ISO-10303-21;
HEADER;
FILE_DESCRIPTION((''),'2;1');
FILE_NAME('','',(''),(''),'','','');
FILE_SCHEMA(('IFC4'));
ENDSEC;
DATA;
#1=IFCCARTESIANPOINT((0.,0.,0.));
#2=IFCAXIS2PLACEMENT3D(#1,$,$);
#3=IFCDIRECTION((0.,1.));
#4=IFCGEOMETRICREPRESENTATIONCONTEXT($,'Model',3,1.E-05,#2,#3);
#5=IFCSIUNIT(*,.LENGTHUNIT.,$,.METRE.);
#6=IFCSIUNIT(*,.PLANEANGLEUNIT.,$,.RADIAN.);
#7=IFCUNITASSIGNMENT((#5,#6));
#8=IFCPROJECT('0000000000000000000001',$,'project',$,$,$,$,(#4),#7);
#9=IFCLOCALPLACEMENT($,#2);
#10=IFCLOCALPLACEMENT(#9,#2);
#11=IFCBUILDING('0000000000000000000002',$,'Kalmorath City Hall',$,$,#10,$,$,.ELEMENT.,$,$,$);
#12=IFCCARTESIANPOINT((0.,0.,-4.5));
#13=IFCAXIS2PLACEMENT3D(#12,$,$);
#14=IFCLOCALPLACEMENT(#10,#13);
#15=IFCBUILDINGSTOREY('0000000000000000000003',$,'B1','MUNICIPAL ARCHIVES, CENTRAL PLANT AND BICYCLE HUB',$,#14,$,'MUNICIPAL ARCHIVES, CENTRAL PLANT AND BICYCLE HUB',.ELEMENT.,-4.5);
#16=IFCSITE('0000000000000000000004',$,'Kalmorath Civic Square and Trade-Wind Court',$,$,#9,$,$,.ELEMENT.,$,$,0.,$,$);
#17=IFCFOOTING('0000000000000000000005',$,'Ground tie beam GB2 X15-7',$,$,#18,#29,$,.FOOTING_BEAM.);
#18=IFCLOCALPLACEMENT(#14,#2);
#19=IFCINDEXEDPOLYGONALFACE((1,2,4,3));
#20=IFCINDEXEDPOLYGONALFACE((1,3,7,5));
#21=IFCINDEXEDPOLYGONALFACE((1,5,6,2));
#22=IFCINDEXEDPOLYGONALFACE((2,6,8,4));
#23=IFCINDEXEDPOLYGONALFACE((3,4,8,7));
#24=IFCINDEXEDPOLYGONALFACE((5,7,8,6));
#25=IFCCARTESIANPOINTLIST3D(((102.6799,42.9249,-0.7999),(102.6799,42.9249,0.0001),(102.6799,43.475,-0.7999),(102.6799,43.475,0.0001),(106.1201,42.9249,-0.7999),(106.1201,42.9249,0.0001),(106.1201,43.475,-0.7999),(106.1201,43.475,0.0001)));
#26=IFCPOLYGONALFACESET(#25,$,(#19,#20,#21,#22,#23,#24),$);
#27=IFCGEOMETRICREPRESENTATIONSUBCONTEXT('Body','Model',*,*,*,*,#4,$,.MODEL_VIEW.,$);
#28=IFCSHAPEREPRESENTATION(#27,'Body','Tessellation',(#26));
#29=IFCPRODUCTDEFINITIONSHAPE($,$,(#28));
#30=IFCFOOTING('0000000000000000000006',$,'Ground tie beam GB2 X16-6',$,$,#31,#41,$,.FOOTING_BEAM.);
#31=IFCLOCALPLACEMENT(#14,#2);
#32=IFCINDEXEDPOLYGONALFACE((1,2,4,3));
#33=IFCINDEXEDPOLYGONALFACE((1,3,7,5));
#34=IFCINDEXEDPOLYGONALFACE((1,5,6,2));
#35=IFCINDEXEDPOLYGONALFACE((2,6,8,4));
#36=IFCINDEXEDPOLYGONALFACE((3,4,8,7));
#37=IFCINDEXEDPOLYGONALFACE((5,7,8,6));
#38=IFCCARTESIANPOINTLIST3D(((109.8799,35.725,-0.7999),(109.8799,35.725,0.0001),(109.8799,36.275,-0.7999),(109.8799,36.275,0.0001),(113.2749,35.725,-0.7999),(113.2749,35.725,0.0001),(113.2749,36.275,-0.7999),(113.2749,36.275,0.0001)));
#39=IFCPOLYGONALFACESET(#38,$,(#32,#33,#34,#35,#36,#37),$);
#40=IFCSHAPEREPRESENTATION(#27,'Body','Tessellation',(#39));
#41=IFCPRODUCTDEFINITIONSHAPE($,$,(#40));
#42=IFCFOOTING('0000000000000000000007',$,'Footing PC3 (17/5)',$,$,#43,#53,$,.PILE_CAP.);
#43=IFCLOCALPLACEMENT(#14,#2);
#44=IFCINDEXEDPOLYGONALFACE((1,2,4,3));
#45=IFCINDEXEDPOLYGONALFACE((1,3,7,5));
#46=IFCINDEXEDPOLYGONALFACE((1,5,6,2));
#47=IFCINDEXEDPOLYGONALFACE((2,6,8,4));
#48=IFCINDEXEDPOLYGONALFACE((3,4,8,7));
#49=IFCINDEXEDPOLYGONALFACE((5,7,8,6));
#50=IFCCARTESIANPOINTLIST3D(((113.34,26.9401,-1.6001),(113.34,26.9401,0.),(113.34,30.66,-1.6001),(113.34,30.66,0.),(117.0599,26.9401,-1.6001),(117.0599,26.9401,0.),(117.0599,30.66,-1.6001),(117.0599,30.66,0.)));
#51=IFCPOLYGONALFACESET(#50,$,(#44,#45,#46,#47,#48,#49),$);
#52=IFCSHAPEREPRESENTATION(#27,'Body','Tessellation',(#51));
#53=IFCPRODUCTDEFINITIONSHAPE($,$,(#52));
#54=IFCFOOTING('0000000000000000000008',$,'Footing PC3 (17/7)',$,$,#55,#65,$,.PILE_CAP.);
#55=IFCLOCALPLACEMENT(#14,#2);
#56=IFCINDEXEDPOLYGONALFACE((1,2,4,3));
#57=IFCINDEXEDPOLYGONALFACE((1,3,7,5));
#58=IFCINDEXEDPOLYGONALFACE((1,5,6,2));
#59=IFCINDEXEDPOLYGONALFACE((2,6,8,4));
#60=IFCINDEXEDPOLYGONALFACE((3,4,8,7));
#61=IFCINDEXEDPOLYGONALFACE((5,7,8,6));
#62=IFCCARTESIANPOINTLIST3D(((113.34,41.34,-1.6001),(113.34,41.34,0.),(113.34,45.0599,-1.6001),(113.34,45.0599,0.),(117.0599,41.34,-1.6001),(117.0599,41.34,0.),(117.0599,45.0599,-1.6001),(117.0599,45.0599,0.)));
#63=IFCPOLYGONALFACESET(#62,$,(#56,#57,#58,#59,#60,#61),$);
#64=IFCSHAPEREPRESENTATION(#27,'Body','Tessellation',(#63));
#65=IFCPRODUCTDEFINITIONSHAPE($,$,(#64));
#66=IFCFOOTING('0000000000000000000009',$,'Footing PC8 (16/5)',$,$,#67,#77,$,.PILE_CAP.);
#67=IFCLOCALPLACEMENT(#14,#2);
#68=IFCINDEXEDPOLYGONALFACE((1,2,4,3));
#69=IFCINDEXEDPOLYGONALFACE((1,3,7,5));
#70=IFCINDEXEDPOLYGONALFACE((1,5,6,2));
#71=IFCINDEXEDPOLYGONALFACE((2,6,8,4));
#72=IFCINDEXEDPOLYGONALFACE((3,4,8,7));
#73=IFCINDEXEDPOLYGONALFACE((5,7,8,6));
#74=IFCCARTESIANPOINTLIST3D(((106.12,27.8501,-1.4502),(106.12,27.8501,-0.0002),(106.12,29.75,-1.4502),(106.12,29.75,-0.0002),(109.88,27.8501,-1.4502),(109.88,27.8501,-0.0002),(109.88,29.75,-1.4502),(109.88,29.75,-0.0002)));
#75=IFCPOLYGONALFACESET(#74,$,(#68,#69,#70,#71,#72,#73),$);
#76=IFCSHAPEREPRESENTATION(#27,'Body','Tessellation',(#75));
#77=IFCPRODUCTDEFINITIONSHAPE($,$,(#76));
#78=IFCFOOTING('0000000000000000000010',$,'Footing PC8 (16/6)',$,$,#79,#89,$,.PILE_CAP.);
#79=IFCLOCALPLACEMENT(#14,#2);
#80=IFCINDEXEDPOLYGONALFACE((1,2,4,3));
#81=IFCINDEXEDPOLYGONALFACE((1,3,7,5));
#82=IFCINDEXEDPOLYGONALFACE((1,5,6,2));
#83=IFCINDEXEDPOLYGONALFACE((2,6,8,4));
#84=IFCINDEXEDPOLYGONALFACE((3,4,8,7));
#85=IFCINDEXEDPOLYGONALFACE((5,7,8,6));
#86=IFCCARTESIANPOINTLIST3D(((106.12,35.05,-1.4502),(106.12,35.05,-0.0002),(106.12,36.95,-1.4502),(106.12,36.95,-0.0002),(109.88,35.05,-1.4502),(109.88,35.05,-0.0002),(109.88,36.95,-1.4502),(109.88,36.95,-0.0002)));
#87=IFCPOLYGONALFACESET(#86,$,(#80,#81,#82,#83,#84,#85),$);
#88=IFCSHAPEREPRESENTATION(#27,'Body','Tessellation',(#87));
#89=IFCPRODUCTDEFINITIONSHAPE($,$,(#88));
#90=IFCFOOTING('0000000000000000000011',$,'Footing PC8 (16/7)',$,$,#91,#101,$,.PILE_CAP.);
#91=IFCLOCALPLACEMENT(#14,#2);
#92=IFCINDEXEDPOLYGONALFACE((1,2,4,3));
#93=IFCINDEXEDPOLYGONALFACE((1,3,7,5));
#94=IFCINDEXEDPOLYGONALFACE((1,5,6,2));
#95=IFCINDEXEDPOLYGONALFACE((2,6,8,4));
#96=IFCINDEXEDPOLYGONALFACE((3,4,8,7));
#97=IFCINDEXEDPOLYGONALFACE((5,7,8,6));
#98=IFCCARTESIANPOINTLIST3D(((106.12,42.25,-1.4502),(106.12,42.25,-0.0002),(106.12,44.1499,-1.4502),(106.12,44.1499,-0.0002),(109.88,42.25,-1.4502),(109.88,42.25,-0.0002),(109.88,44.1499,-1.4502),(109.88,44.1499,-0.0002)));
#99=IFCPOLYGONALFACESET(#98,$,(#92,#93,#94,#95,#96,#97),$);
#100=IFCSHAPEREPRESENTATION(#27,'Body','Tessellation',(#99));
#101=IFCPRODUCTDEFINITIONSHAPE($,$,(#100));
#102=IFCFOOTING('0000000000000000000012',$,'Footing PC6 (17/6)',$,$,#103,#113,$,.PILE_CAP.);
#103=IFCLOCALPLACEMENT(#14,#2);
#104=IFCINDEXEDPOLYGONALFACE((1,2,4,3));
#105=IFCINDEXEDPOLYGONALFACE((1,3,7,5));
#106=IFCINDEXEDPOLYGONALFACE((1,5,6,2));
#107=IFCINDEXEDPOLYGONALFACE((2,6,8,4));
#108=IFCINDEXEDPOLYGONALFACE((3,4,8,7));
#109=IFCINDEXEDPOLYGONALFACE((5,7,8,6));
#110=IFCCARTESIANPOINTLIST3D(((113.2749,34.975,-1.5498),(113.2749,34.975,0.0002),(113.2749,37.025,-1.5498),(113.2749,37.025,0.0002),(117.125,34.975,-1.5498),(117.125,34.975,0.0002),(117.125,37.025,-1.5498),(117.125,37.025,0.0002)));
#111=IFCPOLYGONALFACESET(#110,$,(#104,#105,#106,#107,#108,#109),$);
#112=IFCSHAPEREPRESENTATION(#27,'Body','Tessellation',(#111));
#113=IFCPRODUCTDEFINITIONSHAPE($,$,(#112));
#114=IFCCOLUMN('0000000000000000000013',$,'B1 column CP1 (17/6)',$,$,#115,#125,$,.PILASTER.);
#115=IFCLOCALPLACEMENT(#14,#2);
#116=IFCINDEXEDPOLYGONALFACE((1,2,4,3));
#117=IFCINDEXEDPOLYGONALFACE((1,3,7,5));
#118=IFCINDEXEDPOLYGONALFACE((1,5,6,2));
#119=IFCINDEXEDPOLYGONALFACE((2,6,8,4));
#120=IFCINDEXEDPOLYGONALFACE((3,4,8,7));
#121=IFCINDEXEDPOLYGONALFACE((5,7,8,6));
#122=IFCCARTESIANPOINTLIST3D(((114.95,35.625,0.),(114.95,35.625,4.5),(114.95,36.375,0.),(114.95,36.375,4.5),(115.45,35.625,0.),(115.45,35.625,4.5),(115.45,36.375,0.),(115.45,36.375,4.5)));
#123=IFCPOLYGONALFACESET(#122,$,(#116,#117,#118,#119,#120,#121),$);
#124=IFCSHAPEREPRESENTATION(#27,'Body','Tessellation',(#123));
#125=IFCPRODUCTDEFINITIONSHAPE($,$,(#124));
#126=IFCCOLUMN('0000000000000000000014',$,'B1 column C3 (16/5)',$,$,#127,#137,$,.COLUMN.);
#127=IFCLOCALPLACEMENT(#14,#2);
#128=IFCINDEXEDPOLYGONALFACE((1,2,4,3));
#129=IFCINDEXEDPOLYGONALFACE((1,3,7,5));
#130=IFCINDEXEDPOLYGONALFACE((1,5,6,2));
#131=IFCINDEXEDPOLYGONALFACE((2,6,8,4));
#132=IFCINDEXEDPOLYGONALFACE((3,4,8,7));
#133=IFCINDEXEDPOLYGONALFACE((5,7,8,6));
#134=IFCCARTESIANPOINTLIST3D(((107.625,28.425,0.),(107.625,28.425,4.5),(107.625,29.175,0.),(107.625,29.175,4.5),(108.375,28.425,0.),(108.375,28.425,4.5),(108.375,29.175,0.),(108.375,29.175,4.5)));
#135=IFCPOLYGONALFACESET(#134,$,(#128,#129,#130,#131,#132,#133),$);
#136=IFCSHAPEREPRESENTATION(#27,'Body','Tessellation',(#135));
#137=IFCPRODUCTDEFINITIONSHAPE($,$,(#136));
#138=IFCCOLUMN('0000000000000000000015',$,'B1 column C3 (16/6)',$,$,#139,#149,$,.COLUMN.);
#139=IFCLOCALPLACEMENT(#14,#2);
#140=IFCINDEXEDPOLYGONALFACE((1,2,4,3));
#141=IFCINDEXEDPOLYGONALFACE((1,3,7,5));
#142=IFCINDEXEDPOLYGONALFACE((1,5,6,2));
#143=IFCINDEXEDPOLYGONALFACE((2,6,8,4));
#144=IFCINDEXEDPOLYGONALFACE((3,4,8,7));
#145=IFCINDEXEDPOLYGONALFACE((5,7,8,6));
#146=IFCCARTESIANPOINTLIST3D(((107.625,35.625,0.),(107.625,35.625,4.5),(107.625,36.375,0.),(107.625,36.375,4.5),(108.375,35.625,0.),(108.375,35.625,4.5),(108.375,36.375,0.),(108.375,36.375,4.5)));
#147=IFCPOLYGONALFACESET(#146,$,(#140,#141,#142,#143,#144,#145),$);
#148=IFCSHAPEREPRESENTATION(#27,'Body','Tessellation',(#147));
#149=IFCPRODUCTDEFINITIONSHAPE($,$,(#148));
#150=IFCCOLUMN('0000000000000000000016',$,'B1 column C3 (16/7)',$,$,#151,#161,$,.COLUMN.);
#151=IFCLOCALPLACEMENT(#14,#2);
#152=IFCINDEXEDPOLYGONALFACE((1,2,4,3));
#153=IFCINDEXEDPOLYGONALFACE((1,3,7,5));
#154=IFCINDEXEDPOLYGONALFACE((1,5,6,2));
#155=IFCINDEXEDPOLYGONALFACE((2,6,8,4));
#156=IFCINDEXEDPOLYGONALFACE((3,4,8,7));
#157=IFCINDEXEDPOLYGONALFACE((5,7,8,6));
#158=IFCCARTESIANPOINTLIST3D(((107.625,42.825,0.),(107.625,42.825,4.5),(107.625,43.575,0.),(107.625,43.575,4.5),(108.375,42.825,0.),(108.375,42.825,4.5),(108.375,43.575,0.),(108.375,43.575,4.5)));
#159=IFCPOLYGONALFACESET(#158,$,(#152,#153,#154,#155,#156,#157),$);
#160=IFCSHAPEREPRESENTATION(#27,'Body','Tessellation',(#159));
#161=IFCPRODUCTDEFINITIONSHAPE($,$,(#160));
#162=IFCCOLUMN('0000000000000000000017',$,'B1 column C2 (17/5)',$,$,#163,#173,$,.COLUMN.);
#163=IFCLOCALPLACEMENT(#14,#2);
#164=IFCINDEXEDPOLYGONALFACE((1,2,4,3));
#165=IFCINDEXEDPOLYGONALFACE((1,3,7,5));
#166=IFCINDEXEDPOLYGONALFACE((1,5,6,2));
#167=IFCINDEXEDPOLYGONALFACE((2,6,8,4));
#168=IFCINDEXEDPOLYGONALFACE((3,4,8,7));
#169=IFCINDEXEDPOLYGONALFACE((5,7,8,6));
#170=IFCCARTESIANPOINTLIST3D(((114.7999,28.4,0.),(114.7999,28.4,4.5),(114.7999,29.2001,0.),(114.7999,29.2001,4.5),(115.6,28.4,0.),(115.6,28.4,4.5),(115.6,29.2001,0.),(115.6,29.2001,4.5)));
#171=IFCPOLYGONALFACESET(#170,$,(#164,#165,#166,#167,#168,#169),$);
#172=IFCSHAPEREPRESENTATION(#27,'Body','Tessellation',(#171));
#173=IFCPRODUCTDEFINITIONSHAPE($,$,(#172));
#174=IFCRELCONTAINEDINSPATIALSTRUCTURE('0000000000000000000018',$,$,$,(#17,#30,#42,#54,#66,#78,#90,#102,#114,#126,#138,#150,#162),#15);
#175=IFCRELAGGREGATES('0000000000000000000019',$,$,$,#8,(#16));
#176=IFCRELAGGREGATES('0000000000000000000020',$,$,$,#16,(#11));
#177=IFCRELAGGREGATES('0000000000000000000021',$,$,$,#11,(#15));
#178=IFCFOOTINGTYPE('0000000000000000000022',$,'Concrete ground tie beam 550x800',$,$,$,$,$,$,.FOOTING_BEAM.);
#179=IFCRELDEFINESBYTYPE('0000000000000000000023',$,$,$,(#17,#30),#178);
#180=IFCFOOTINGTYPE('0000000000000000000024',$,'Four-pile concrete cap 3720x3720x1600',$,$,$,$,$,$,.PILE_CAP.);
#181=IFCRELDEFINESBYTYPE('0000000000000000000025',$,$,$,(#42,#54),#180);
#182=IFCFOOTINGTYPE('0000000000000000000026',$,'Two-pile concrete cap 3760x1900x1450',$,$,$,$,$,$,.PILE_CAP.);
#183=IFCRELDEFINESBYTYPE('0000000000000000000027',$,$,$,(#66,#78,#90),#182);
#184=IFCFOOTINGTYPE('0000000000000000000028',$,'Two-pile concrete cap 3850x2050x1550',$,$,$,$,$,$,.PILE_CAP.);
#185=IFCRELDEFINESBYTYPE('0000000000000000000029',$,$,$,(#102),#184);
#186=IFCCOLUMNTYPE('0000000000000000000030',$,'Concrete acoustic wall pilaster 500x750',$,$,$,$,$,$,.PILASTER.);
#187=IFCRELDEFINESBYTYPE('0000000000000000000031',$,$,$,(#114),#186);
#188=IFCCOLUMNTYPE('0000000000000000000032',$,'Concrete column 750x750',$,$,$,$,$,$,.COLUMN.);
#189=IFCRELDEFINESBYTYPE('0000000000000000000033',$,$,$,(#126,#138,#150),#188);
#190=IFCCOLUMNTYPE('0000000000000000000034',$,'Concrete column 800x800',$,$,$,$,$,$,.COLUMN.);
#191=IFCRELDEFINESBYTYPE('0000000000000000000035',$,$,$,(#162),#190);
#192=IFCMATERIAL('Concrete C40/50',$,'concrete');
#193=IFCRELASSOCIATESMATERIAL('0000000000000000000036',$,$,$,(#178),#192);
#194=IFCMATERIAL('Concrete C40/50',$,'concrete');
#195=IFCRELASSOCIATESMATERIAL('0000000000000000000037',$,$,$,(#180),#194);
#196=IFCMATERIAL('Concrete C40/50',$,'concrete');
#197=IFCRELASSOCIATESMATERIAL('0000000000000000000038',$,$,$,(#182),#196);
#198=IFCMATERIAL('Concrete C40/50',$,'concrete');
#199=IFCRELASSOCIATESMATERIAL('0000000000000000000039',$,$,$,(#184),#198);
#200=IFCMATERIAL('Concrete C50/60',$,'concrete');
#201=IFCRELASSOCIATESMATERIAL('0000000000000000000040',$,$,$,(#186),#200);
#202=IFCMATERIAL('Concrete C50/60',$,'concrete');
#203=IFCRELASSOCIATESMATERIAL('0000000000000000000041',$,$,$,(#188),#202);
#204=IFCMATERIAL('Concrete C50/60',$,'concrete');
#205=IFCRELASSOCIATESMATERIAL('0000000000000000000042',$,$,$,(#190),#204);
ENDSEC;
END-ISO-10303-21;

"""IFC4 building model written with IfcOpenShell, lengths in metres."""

from ifc_helpers import new_model, si_unit, direction, frame, origin, origin_2d, place, context, subcontext, project, spatial, rectangle, extrude, material, material_profile, profile_set, type_object, element, save


model = new_model("IFC4")

# Units and contexts
model_context = context("Model", 3, precision=1e-05, world=origin(), true_north=direction((0.0, 1.0)))
body_context = subcontext(model_context, "Body", "Model", "MODEL_VIEW")
ifc_project = project(units=[si_unit("LENGTHUNIT", "METRE"), si_unit("PLANEANGLEUNIT", "RADIAN")], contexts=[model_context])

# Site, building, storey
site_placement = place(None, origin())
site = spatial("IfcSite", under=ifc_project, at=site_placement, Name="Kalmorath Civic Square and Trade-Wind Court", CompositionType="ELEMENT", RefElevation=0.0)
building_placement = place(site_placement, origin())
building = spatial("IfcBuilding", under=site, at=building_placement, Name="Kalmorath City Hall", CompositionType="ELEMENT")
storey_placement = place(building_placement, frame((0.0, 0.0, -4.5)))
storey = spatial("IfcBuildingStorey", under=building, at=storey_placement, Name="B1", Description="MUNICIPAL ARCHIVES, CENTRAL PLANT AND BICYCLE HUB", LongName="MUNICIPAL ARCHIVES, CENTRAL PLANT AND BICYCLE HUB", CompositionType="ELEMENT", Elevation=-4.5)

# Footings
ifc_material_1 = material(Name="Concrete C40/50", Category="concrete")
ifc_material_profile_1 = material_profile(ifc_material_1, rectangle(XDim=0.55, YDim=0.8, at=origin_2d()), Name="RC-BM-550X800")
ifc_profile_set_1 = profile_set([ifc_material_profile_1], Name="Concrete C40/50")
footing_type_1 = type_object("IfcFootingType", Name="Concrete ground tie beam 550x800", PredefinedType="FOOTING_BEAM", material=ifc_profile_set_1)
footing_1_placement = place(storey_placement, frame((102.6799, 43.2, -0.3999), z_axis=(1.0, 0.0, 0.0), x_axis=(0.0, 1.0, 0.0)))
element("IfcFooting", 1, at=footing_1_placement, inside=storey, type_object=footing_type_1, Name="Ground tie beam GB2 X15-7", PredefinedType="FOOTING_BEAM", context=body_context, shape_type="SweptSolid", body=[
    extrude(rectangle(XDim=0.55, YDim=0.8, at=origin_2d()), origin(), (0.0, 0.0, 1.0), 3.4402),
])
footing_2_placement = place(storey_placement, frame((109.8799, 36.0, -0.3999), z_axis=(1.0, 0.0, 0.0), x_axis=(0.0, 1.0, 0.0)))
element("IfcFooting", 2, at=footing_2_placement, inside=storey, type_object=footing_type_1, Name="Ground tie beam GB2 X16-6", PredefinedType="FOOTING_BEAM", context=body_context, shape_type="SweptSolid", body=[
    extrude(rectangle(XDim=0.55, YDim=0.8, at=origin_2d()), origin(), (0.0, 0.0, 1.0), 3.395),
])
ifc_material_2 = material(Name="Concrete C40/50", Category="concrete")
footing_type_2 = type_object("IfcFootingType", Name="Four-pile concrete cap 3720x3720x1600", PredefinedType="PILE_CAP", material=ifc_material_2)
for number, where, z_axis, x_axis, name in (
    (3, (115.2, 28.8, -1.6001), (0.0, 0.0, 1.0), (1.0, 0.0, 0.0), "Footing PC3 (17/5)"),
    (4, (115.2, 43.2, -1.6001), (0.0, 0.0, 1.0), (1.0, 0.0, 0.0), "Footing PC3 (17/7)"),
):
    element("IfcFooting", number, at=place(storey_placement, frame(where, z_axis=z_axis, x_axis=x_axis)), inside=storey, type_object=footing_type_2, Name=name, PredefinedType="PILE_CAP", context=body_context, shape_type="SweptSolid", body=[
        extrude(rectangle(XDim=3.72, YDim=3.72, at=origin_2d()), origin(), (0.0, 0.0, 1.0), 1.6001),
    ])
ifc_material_3 = material(Name="Concrete C40/50", Category="concrete")
footing_type_3 = type_object("IfcFootingType", Name="Two-pile concrete cap 3760x1900x1450", PredefinedType="PILE_CAP", material=ifc_material_3)
for number, where, z_axis, x_axis, name in (
    (5, (108.0, 28.8, -1.4502), (0.0, 0.0, 1.0), (1.0, 0.0, 0.0), "Footing PC8 (16/5)"),
    (6, (108.0, 36.0, -1.4502), (0.0, 0.0, 1.0), (1.0, 0.0, 0.0), "Footing PC8 (16/6)"),
    (7, (108.0, 43.2, -1.4502), (0.0, 0.0, 1.0), (1.0, 0.0, 0.0), "Footing PC8 (16/7)"),
):
    element("IfcFooting", number, at=place(storey_placement, frame(where, z_axis=z_axis, x_axis=x_axis)), inside=storey, type_object=footing_type_3, Name=name, PredefinedType="PILE_CAP", context=body_context, shape_type="SweptSolid", body=[
        extrude(rectangle(XDim=3.76, YDim=1.8999, at=origin_2d()), origin(), (0.0, 0.0, 1.0), 1.45),
    ])
ifc_material_4 = material(Name="Concrete C40/50", Category="concrete")
footing_type_4 = type_object("IfcFootingType", Name="Two-pile concrete cap 3850x2050x1550", PredefinedType="PILE_CAP", material=ifc_material_4)
footing_3_placement = place(storey_placement, frame((115.2, 36.0, -1.5498), z_axis=(0.0, 0.0, 1.0), x_axis=(1.0, 0.0, 0.0)))
element("IfcFooting", 8, at=footing_3_placement, inside=storey, type_object=footing_type_4, Name="Footing PC6 (17/6)", PredefinedType="PILE_CAP", context=body_context, shape_type="SweptSolid", body=[
    extrude(rectangle(XDim=3.8501, YDim=2.05, at=origin_2d()), origin(), (0.0, 0.0, 1.0), 1.55),
])

# Columns
ifc_material_5 = material(Name="Concrete C50/60", Category="concrete")
ifc_material_profile_2 = material_profile(ifc_material_5, rectangle(XDim=0.5, YDim=0.75, at=origin_2d()), Name="RC-PIL-500X750")
ifc_profile_set_2 = profile_set([ifc_material_profile_2], Name="Concrete C50/60")
column_type_1 = type_object("IfcColumnType", Name="Concrete acoustic wall pilaster 500x750", PredefinedType="PILASTER", material=ifc_profile_set_2)
column_1_placement = place(storey_placement, frame((115.2, 36.0, 0.0), z_axis=(0.0, 0.0, 1.0), x_axis=(1.0, 0.0, 0.0)))
element("IfcColumn", 9, at=column_1_placement, inside=storey, type_object=column_type_1, Name="B1 column CP1 (17/6)", PredefinedType="PILASTER", context=body_context, shape_type="SweptSolid", body=[
    extrude(rectangle(XDim=0.5, YDim=0.75, at=origin_2d()), origin(), (0.0, 0.0, 1.0), 4.5),
])
ifc_material_6 = material(Name="Concrete C50/60", Category="concrete")
ifc_material_profile_3 = material_profile(ifc_material_6, rectangle(XDim=0.75, YDim=0.75, at=origin_2d()), Name="RC-COL-750X750")
ifc_profile_set_3 = profile_set([ifc_material_profile_3], Name="Concrete C50/60")
column_type_2 = type_object("IfcColumnType", Name="Concrete column 750x750", PredefinedType="COLUMN", material=ifc_profile_set_3)
for number, where, z_axis, x_axis, name in (
    (10, (108.0, 28.8, 0.0), (0.0, 0.0, 1.0), (1.0, 0.0, 0.0), "B1 column C3 (16/5)"),
    (11, (108.0, 36.0, 0.0), (0.0, 0.0, 1.0), (1.0, 0.0, 0.0), "B1 column C3 (16/6)"),
    (12, (108.0, 43.2, 0.0), (0.0, 0.0, 1.0), (1.0, 0.0, 0.0), "B1 column C3 (16/7)"),
):
    element("IfcColumn", number, at=place(storey_placement, frame(where, z_axis=z_axis, x_axis=x_axis)), inside=storey, type_object=column_type_2, Name=name, PredefinedType="COLUMN", context=body_context, shape_type="SweptSolid", body=[
        extrude(rectangle(XDim=0.75, YDim=0.75, at=origin_2d()), origin(), (0.0, 0.0, 1.0), 4.5),
    ])
ifc_material_7 = material(Name="Concrete C50/60", Category="concrete")
ifc_material_profile_4 = material_profile(ifc_material_7, rectangle(XDim=0.8, YDim=0.8, at=origin_2d()), Name="RC-COL-800X800")
ifc_profile_set_4 = profile_set([ifc_material_profile_4], Name="Concrete C50/60")
column_type_3 = type_object("IfcColumnType", Name="Concrete column 800x800", PredefinedType="COLUMN", material=ifc_profile_set_4)
column_2_placement = place(storey_placement, frame((115.2, 28.8, 0.0), z_axis=(0.0, 0.0, 1.0), x_axis=(1.0, 0.0, 0.0)))
element("IfcColumn", 13, at=column_2_placement, inside=storey, type_object=column_type_3, Name="B1 column C2 (17/5)", PredefinedType="COLUMN", context=body_context, shape_type="SweptSolid", body=[
    extrude(rectangle(XDim=0.8, YDim=0.8, at=origin_2d()), origin(), (0.0, 0.0, 1.0), 4.5),
])

save(model, "model.ifc")
